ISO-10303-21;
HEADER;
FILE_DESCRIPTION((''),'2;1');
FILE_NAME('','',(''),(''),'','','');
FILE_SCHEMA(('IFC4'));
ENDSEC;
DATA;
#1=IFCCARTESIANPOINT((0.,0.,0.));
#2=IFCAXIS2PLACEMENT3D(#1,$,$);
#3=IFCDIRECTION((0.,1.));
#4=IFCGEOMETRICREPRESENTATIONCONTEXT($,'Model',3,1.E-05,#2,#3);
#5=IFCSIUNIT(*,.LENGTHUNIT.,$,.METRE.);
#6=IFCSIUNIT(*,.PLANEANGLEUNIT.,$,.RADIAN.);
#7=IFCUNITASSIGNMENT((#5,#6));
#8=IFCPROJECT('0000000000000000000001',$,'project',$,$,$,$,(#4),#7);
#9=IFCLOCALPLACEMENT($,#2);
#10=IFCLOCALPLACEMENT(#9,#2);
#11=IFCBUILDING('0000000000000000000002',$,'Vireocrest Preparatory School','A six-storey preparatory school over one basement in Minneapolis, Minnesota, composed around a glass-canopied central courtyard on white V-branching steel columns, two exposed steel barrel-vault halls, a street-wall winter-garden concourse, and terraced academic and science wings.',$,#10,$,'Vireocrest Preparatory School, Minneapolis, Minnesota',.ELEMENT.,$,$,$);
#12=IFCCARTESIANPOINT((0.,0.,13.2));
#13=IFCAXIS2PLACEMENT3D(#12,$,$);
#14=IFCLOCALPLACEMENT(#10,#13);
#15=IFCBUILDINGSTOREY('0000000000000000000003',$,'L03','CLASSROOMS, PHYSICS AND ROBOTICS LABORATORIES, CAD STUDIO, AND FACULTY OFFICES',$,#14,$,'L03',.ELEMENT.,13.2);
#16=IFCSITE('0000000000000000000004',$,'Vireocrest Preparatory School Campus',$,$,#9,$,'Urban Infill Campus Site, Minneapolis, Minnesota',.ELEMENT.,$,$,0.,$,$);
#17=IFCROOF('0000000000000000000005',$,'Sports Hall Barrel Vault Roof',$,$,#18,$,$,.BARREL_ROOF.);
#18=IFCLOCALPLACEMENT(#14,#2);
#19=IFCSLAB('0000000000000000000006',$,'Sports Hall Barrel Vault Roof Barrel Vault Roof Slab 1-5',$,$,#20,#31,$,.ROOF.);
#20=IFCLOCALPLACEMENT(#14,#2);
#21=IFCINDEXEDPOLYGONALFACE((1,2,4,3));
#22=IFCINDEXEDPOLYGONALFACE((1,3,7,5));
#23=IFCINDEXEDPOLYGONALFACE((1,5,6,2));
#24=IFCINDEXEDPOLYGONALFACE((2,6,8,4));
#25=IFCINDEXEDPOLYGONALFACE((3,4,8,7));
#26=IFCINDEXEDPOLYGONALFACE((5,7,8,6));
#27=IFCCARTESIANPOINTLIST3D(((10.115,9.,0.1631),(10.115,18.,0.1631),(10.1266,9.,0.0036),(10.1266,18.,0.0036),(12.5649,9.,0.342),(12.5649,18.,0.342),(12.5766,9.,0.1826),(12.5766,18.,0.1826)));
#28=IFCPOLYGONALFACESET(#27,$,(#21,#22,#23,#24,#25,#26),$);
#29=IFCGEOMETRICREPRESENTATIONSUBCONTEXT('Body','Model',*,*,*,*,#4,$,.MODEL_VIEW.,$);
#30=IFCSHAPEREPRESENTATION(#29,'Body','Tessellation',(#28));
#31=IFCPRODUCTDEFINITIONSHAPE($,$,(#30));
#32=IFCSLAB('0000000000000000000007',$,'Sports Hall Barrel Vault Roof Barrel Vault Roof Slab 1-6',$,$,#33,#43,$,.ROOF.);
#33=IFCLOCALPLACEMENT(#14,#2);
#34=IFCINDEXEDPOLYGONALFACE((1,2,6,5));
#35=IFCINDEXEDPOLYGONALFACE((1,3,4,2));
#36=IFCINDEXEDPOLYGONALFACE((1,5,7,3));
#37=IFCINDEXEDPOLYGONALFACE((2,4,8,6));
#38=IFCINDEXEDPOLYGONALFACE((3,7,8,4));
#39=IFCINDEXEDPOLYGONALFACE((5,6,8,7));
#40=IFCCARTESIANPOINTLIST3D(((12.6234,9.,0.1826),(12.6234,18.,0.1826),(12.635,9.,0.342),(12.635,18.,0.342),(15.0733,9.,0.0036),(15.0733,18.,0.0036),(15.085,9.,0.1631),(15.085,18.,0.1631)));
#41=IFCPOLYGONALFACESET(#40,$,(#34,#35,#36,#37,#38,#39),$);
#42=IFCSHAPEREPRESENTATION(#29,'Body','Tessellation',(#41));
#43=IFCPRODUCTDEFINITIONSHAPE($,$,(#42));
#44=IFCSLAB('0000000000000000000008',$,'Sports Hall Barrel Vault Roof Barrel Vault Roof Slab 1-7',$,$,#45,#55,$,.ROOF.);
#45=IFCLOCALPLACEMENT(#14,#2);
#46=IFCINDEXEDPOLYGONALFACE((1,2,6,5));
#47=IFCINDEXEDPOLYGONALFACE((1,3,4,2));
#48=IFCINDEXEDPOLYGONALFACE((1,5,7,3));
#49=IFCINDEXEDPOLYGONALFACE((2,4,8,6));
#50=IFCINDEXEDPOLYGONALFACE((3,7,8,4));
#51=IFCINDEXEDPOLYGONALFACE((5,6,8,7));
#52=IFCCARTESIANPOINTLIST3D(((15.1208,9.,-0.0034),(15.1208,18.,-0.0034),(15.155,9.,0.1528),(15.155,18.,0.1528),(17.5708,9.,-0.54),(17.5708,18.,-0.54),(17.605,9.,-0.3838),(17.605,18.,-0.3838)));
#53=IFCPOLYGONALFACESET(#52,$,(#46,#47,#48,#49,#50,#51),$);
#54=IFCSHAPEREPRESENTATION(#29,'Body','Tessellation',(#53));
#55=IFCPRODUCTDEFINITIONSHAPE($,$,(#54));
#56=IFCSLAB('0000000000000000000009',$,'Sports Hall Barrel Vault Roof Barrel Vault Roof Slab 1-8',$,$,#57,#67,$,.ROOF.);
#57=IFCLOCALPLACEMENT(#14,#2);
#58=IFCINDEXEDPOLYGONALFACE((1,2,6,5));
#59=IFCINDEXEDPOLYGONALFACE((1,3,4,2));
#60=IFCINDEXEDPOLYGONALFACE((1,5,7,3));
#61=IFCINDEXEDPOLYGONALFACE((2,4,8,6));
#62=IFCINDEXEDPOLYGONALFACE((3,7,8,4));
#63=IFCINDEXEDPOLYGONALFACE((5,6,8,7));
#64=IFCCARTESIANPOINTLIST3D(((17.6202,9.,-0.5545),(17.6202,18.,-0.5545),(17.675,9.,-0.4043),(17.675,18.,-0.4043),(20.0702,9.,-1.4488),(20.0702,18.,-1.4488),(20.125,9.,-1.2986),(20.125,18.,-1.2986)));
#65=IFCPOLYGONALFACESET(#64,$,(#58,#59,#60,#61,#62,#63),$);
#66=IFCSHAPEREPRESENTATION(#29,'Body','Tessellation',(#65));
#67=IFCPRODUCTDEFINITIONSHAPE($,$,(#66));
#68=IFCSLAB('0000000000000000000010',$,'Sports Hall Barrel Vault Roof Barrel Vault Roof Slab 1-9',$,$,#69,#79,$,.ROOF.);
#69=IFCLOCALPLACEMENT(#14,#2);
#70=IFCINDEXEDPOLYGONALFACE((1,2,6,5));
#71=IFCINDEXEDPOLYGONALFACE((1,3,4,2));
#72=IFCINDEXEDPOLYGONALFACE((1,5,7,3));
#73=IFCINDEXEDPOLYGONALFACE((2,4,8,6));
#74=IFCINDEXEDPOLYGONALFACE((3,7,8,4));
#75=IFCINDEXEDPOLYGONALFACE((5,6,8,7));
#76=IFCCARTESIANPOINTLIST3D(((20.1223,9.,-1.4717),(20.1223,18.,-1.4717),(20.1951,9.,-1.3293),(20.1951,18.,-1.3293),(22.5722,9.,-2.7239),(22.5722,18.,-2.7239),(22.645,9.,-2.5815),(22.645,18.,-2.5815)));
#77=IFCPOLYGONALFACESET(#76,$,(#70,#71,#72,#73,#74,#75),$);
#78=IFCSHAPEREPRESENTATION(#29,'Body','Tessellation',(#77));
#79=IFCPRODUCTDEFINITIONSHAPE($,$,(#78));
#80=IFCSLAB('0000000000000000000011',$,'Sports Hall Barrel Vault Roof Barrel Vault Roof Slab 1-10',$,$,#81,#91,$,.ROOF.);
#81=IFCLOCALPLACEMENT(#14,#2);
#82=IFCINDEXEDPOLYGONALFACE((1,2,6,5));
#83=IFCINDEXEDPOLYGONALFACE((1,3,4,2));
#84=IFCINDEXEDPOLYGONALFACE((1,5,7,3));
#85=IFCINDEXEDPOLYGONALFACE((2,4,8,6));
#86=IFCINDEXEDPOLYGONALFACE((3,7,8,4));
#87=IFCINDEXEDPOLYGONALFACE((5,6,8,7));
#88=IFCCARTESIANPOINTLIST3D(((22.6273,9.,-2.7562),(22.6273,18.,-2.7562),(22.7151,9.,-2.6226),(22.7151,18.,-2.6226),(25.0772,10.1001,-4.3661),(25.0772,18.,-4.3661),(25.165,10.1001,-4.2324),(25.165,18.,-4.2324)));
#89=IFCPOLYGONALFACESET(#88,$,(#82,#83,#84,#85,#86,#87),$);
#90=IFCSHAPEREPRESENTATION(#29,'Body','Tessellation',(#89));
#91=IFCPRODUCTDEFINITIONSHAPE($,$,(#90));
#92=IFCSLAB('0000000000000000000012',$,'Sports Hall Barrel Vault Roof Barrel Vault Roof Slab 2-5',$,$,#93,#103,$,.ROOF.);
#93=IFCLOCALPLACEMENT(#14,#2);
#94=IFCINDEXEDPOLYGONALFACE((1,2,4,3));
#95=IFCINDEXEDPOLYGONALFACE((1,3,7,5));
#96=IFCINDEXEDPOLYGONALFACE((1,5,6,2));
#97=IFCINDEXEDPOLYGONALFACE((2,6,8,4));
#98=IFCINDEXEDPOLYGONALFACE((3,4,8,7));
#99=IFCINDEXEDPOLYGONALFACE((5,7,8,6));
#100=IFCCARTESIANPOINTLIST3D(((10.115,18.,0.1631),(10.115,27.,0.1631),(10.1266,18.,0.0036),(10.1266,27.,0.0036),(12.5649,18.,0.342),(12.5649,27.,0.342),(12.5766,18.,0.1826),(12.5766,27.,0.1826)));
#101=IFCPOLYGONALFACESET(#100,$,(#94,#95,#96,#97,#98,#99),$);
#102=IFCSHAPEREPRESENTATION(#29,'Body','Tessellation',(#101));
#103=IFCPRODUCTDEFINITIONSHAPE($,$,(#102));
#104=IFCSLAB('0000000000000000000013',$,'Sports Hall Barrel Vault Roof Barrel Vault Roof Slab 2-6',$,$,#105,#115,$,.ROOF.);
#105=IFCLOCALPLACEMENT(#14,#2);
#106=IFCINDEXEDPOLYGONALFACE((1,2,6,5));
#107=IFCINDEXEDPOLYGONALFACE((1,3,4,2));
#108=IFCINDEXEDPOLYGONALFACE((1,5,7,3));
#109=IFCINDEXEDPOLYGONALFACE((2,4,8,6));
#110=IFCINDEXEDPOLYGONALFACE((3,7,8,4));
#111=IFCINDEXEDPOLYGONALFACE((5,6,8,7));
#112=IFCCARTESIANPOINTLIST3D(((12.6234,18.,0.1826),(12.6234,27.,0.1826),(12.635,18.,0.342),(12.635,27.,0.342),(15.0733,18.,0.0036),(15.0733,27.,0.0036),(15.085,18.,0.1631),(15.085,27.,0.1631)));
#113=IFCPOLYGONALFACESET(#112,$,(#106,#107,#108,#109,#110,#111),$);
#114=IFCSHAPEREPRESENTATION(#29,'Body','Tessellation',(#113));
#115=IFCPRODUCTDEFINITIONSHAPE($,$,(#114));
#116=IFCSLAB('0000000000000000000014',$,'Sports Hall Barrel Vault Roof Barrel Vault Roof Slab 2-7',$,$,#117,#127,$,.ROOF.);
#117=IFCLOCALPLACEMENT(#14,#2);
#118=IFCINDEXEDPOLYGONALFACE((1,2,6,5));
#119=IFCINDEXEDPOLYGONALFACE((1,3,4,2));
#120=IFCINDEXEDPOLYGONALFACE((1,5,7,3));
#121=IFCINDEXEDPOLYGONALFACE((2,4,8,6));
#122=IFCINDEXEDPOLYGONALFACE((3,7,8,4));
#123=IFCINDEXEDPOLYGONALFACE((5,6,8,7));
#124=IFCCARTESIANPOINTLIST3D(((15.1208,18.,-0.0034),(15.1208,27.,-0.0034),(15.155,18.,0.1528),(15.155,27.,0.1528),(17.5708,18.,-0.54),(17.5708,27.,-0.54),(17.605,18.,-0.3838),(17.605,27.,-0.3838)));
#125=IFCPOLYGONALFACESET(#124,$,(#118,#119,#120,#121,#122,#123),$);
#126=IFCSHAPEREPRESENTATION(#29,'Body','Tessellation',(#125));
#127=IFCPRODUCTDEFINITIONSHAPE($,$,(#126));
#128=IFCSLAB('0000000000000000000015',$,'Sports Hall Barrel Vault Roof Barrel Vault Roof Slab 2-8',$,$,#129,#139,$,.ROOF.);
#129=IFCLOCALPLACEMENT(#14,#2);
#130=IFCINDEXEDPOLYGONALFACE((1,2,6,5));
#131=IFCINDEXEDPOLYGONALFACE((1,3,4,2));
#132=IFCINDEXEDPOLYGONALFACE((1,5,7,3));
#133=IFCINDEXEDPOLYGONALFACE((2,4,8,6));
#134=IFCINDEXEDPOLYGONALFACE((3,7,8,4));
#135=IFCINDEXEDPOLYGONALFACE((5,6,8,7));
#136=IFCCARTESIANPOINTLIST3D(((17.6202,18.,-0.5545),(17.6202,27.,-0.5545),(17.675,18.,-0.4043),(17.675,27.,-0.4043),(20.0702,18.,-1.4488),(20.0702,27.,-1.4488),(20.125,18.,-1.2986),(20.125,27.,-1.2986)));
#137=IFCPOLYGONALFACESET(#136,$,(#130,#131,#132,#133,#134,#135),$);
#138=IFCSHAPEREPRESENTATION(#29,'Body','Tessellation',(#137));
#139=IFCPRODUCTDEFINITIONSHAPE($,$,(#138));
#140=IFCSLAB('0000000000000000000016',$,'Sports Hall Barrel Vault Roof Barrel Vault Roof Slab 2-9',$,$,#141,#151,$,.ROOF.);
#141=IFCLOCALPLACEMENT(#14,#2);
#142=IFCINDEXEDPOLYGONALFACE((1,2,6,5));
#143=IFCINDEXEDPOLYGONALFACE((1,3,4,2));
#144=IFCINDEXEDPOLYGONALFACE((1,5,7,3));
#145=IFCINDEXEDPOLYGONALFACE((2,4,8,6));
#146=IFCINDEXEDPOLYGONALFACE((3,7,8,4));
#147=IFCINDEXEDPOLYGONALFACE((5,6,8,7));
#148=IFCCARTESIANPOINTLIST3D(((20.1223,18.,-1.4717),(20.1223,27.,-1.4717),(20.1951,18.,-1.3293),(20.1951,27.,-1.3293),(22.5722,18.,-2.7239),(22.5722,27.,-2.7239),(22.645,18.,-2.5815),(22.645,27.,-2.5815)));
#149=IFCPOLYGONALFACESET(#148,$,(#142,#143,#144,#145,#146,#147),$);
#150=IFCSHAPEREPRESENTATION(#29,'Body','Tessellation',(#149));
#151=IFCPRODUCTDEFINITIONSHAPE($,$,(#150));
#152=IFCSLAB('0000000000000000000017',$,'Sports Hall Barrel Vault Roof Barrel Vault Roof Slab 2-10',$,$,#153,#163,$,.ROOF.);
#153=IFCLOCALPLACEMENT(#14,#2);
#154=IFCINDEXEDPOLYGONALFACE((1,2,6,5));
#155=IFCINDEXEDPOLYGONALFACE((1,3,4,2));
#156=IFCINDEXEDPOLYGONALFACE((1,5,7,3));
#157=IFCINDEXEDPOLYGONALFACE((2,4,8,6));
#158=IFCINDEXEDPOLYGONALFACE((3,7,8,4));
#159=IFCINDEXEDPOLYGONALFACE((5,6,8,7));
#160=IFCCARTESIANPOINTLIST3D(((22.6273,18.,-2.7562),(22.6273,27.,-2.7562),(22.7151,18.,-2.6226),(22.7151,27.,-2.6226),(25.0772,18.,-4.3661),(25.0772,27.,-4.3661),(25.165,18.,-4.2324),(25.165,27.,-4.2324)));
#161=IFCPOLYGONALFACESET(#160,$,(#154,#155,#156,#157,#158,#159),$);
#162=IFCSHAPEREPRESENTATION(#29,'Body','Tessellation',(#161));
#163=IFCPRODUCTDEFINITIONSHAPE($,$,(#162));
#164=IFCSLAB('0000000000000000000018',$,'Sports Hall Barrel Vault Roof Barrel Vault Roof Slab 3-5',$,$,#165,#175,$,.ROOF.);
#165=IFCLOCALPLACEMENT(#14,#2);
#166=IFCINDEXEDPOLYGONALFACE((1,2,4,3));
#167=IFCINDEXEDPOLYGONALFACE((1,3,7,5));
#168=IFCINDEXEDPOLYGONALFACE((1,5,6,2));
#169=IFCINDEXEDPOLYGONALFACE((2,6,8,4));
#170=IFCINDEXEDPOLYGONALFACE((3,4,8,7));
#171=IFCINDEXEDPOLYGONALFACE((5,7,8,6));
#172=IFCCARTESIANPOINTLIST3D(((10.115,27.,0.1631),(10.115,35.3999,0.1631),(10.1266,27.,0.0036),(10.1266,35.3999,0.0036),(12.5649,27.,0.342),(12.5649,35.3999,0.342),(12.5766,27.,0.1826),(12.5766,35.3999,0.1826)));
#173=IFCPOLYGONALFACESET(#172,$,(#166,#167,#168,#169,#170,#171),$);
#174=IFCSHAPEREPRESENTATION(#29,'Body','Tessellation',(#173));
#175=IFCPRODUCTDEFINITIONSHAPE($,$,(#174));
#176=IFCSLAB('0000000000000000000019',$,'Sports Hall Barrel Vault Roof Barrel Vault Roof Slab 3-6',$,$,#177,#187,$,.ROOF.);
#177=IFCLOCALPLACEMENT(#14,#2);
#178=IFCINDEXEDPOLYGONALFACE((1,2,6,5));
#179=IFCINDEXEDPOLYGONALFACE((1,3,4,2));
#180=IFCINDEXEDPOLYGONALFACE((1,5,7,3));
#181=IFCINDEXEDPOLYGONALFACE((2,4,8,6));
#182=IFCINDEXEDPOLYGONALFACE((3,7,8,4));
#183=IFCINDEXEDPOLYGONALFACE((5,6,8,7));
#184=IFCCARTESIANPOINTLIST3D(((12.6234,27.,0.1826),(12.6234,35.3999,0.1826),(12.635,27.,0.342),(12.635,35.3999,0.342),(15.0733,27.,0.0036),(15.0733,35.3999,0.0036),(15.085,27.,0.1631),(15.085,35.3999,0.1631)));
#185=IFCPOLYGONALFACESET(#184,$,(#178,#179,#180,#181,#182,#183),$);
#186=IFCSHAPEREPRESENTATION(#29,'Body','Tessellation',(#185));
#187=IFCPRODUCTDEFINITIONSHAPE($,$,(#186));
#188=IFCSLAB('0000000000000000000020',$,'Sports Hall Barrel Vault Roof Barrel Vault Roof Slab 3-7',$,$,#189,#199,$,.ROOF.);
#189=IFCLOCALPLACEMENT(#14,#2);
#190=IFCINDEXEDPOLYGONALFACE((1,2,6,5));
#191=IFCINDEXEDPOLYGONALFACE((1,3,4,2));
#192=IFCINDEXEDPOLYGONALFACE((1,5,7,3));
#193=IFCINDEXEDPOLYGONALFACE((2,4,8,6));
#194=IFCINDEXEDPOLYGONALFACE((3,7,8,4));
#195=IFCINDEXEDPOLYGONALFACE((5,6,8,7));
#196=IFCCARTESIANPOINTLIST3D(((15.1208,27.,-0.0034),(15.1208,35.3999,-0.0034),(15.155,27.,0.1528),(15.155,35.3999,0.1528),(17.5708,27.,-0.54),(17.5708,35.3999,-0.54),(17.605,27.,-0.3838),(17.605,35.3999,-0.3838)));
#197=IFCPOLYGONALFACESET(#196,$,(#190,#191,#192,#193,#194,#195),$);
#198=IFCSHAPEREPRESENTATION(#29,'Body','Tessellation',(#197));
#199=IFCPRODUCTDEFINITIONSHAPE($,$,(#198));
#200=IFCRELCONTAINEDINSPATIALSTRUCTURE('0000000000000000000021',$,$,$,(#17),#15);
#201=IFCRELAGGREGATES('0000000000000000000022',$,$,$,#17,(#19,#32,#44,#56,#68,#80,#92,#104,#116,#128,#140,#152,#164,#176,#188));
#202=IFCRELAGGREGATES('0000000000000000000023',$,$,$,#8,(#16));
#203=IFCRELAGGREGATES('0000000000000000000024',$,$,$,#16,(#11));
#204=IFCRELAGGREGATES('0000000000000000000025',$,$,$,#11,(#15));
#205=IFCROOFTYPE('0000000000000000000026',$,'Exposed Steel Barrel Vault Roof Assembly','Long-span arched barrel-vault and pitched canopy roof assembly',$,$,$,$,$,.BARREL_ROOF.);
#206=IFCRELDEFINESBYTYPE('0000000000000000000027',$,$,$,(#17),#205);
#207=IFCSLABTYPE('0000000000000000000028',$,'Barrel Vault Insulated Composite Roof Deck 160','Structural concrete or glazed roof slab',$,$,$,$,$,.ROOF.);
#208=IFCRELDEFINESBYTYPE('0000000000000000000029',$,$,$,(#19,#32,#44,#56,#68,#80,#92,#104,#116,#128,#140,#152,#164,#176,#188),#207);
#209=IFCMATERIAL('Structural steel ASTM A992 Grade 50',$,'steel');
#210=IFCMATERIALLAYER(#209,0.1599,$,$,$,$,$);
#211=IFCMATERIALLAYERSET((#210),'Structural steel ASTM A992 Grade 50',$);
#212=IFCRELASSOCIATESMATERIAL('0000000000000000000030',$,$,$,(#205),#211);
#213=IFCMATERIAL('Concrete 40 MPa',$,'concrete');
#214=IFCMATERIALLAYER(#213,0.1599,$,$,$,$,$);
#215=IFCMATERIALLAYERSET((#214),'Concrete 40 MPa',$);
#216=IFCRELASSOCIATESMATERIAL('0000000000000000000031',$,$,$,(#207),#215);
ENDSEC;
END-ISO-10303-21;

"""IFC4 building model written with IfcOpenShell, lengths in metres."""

from ifc_helpers import new_model, si_unit, direction, frame, origin, place, context, subcontext, project, spatial, polyline, outline, extrude, material, layer, layer_set, type_object, element, aggregate, save


model = new_model("IFC4")

# Units and contexts
model_context = context("Model", 3, precision=1e-05, world=origin(), true_north=direction((0.0, 1.0)))
body_context = subcontext(model_context, "Body", "Model", "MODEL_VIEW")
ifc_project = project(units=[si_unit("LENGTHUNIT", "METRE"), si_unit("PLANEANGLEUNIT", "RADIAN")], contexts=[model_context])

# Site, building, storey
site_placement = place(None, origin())
site = spatial("IfcSite", under=ifc_project, at=site_placement, Name="Vireocrest Preparatory School Campus", LongName="Urban Infill Campus Site, Minneapolis, Minnesota", CompositionType="ELEMENT", RefElevation=0.0)
building_placement = place(site_placement, origin())
building = spatial("IfcBuilding", under=site, at=building_placement, Name="Vireocrest Preparatory School", Description="A six-storey preparatory school over one basement in Minneapolis, Minnesota, composed around a glass-canopied central courtyard on white V-branching steel columns, two exposed steel barrel-vault halls, a street-wall winter-garden concourse, and terraced academic and science wings.", LongName="Vireocrest Preparatory School, Minneapolis, Minnesota", CompositionType="ELEMENT")
storey_placement = place(building_placement, frame((0.0, 0.0, 13.2)))
storey = spatial("IfcBuildingStorey", under=building, at=storey_placement, Name="L03", Description="CLASSROOMS, PHYSICS AND ROBOTICS LABORATORIES, CAD STUDIO, AND FACULTY OFFICES", LongName="L03", CompositionType="ELEMENT", Elevation=13.2)

# Roof, slabs
ifc_material_1 = material(Name="Structural steel ASTM A992 Grade 50", Category="steel")
ifc_layer_1 = layer(ifc_material_1, 0.1599)
ifc_layer_set_1 = layer_set([ifc_layer_1], Name="Structural steel ASTM A992 Grade 50")
roof_type = type_object("IfcRoofType", Name="Exposed Steel Barrel Vault Roof Assembly", Description="Long-span arched barrel-vault and pitched canopy roof assembly", PredefinedType="BARREL_ROOF", material=ifc_layer_set_1)
roof_placement = place(storey_placement, origin())
roof = element("IfcRoof", 1, at=roof_placement, inside=storey, type_object=roof_type, Name="Sports Hall Barrel Vault Roof", PredefinedType="BARREL_ROOF")
ifc_material_2 = material(Name="Concrete 40 MPa", Category="concrete")
ifc_layer_2 = layer(ifc_material_2, 0.1599)
ifc_layer_set_2 = layer_set([ifc_layer_2], Name="Concrete 40 MPa")
slab_type = type_object("IfcSlabType", Name="Barrel Vault Insulated Composite Roof Deck 160", Description="Structural concrete or glazed roof slab", PredefinedType="ROOF", material=ifc_layer_set_2)
slab_1_placement = place(storey_placement, frame((10.115, 9.0, 0.1631), z_axis=(-0.07285, 0.0, 0.997343), x_axis=(0.997343, 0.0, 0.07285)))
slab_1 = element("IfcSlab", 2, at=slab_1_placement, type_object=slab_type, Name="Sports Hall Barrel Vault Roof Barrel Vault Roof Slab 1-5", PredefinedType="ROOF", context=body_context, shape_type="SweptSolid", body=[
    extrude(outline(polyline([(0.0, 0.0), (2.4565, 0.0), (2.4565, 9.0), (0.0, 9.0), (0.0, 0.0)])), origin(), (0.0, 0.0, -1.0), 0.1599),
])
slab_2_placement = place(storey_placement, frame((12.635, 9.0, 0.342), z_axis=(0.07285, 0.0, 0.997343), x_axis=(0.997343, 0.0, -0.07285)))
slab_2 = element("IfcSlab", 3, at=slab_2_placement, type_object=slab_type, Name="Sports Hall Barrel Vault Roof Barrel Vault Roof Slab 1-6", PredefinedType="ROOF", context=body_context, shape_type="SweptSolid", body=[
    extrude(outline(polyline([(0.0, 0.0), (2.4565, 0.0), (2.4565, 9.0), (0.0, 9.0), (0.0, 0.0)])), origin(), (0.0, 0.0, -1.0), 0.1599),
])
slab_3_placement = place(storey_placement, frame((15.155, 9.0, 0.1528), z_axis=(0.213961, 0.0, 0.976842), x_axis=(0.976842, 0.0, -0.213961)))
slab_3 = element("IfcSlab", 4, at=slab_3_placement, type_object=slab_type, Name="Sports Hall Barrel Vault Roof Barrel Vault Roof Slab 1-7", PredefinedType="ROOF", context=body_context, shape_type="SweptSolid", body=[
    extrude(outline(polyline([(0.0, 0.0), (2.508, 0.0), (2.508, 9.0), (0.0, 9.0), (0.0, 0.0)])), origin(), (0.0, 0.0, -1.0), 0.1599),
])
slab_4_placement = place(storey_placement, frame((17.675, 9.0, -0.4043), z_axis=(0.342893, 0.0, 0.939375), x_axis=(0.939375, 0.0, -0.342893)))
slab_4 = element("IfcSlab", 5, at=slab_4_placement, type_object=slab_type, Name="Sports Hall Barrel Vault Roof Barrel Vault Roof Slab 1-8", PredefinedType="ROOF", context=body_context, shape_type="SweptSolid", body=[
    extrude(outline(polyline([(0.0, 0.0), (2.6081, 0.0), (2.6081, 9.0), (0.0, 9.0), (0.0, 0.0)])), origin(), (0.0, 0.0, -1.0), 0.1599),
])
slab_5_placement = place(storey_placement, frame((20.1951, 9.0, -1.3293), z_axis=(0.455111, 0.0, 0.890435), x_axis=(0.890435, 0.0, -0.455111)))
slab_5 = element("IfcSlab", 6, at=slab_5_placement, type_object=slab_type, Name="Sports Hall Barrel Vault Roof Barrel Vault Roof Slab 1-9", PredefinedType="ROOF", context=body_context, shape_type="SweptSolid", body=[
    extrude(outline(polyline([(0.0, 0.0), (2.7514, 0.0), (2.7514, 9.0), (0.0, 9.0), (0.0, 0.0)])), origin(), (0.0, 0.0, -1.0), 0.1599),
])
slab_6_placement = place(storey_placement, frame((22.7151, 9.0, -2.6226), z_axis=(0.549153, 0.0, 0.835722), x_axis=(0.782443, 0.351339, -0.514143)))
slab_6 = element("IfcSlab", 7, at=slab_6_placement, type_object=slab_type, Name="Sports Hall Barrel Vault Roof Barrel Vault Roof Slab 1-10", PredefinedType="ROOF", context=body_context, shape_type="SweptSolid", body=[
    extrude(outline(polyline([(0.0, 0.0), (3.1312, 0.0), (5.9067, 7.3963), (3.1621, 8.4262), (0.0, 0.0)])), origin(), (0.0, 0.0, -1.0), 0.1599),
])
slab_7_placement = place(storey_placement, frame((10.115, 18.0, 0.1631), z_axis=(-0.07285, 0.0, 0.997343), x_axis=(0.997343, 0.0, 0.07285)))
slab_7 = element("IfcSlab", 8, at=slab_7_placement, type_object=slab_type, Name="Sports Hall Barrel Vault Roof Barrel Vault Roof Slab 2-5", PredefinedType="ROOF", context=body_context, shape_type="SweptSolid", body=[
    extrude(outline(polyline([(0.0, 0.0), (2.4565, 0.0), (2.4565, 9.0), (0.0, 9.0), (0.0, 0.0)])), origin(), (0.0, 0.0, -1.0), 0.1599),
])
slab_8_placement = place(storey_placement, frame((12.635, 18.0, 0.342), z_axis=(0.07285, 0.0, 0.997343), x_axis=(0.997343, 0.0, -0.07285)))
slab_8 = element("IfcSlab", 9, at=slab_8_placement, type_object=slab_type, Name="Sports Hall Barrel Vault Roof Barrel Vault Roof Slab 2-6", PredefinedType="ROOF", context=body_context, shape_type="SweptSolid", body=[
    extrude(outline(polyline([(0.0, 0.0), (2.4565, 0.0), (2.4565, 9.0), (0.0, 9.0), (0.0, 0.0)])), origin(), (0.0, 0.0, -1.0), 0.1599),
])
slab_9_placement = place(storey_placement, frame((15.155, 18.0, 0.1528), z_axis=(0.213961, 0.0, 0.976842), x_axis=(0.976842, 0.0, -0.213961)))
slab_9 = element("IfcSlab", 10, at=slab_9_placement, type_object=slab_type, Name="Sports Hall Barrel Vault Roof Barrel Vault Roof Slab 2-7", PredefinedType="ROOF", context=body_context, shape_type="SweptSolid", body=[
    extrude(outline(polyline([(0.0, 0.0), (2.508, 0.0), (2.508, 9.0), (0.0, 9.0), (0.0, 0.0)])), origin(), (0.0, 0.0, -1.0), 0.1599),
])
slab_10_placement = place(storey_placement, frame((17.675, 18.0, -0.4043), z_axis=(0.342893, 0.0, 0.939375), x_axis=(0.939375, 0.0, -0.342893)))
slab_10 = element("IfcSlab", 11, at=slab_10_placement, type_object=slab_type, Name="Sports Hall Barrel Vault Roof Barrel Vault Roof Slab 2-8", PredefinedType="ROOF", context=body_context, shape_type="SweptSolid", body=[
    extrude(outline(polyline([(0.0, 0.0), (2.6081, 0.0), (2.6081, 9.0), (0.0, 9.0), (0.0, 0.0)])), origin(), (0.0, 0.0, -1.0), 0.1599),
])
slab_11_placement = place(storey_placement, frame((20.1951, 18.0, -1.3293), z_axis=(0.455111, 0.0, 0.890435), x_axis=(0.890435, 0.0, -0.455111)))
slab_11 = element("IfcSlab", 12, at=slab_11_placement, type_object=slab_type, Name="Sports Hall Barrel Vault Roof Barrel Vault Roof Slab 2-9", PredefinedType="ROOF", context=body_context, shape_type="SweptSolid", body=[
    extrude(outline(polyline([(0.0, 0.0), (2.7514, 0.0), (2.7514, 9.0), (0.0, 9.0), (0.0, 0.0)])), origin(), (0.0, 0.0, -1.0), 0.1599),
])
slab_12_placement = place(storey_placement, frame((22.7151, 18.0, -2.6226), z_axis=(0.549153, 0.0, 0.835722), x_axis=(0.835722, 0.0, -0.549153)))
slab_12 = element("IfcSlab", 13, at=slab_12_placement, type_object=slab_type, Name="Sports Hall Barrel Vault Roof Barrel Vault Roof Slab 2-10", PredefinedType="ROOF", context=body_context, shape_type="SweptSolid", body=[
    extrude(outline(polyline([(0.0, 0.0), (2.9315, 0.0), (2.9315, 9.0), (0.0, 9.0), (0.0, 0.0)])), origin(), (0.0, 0.0, -1.0), 0.1599),
])
slab_13_placement = place(storey_placement, frame((10.115, 27.0, 0.1631), z_axis=(-0.07285, 0.0, 0.997343), x_axis=(0.997343, 0.0, 0.07285)))
slab_13 = element("IfcSlab", 14, at=slab_13_placement, type_object=slab_type, Name="Sports Hall Barrel Vault Roof Barrel Vault Roof Slab 3-5", PredefinedType="ROOF", context=body_context, shape_type="SweptSolid", body=[
    extrude(outline(polyline([(0.0, 0.0), (2.4565, 0.0), (2.4565, 8.3999), (0.0, 8.3999), (0.0, 0.0)])), origin(), (0.0, 0.0, -1.0), 0.1599),
])
slab_14_placement = place(storey_placement, frame((12.635, 27.0, 0.342), z_axis=(0.07285, 0.0, 0.997343), x_axis=(0.997343, 0.0, -0.07285)))
slab_14 = element("IfcSlab", 15, at=slab_14_placement, type_object=slab_type, Name="Sports Hall Barrel Vault Roof Barrel Vault Roof Slab 3-6", PredefinedType="ROOF", context=body_context, shape_type="SweptSolid", body=[
    extrude(outline(polyline([(0.0, 0.0), (2.4565, 0.0), (2.4565, 8.3999), (0.0, 8.3999), (0.0, 0.0)])), origin(), (0.0, 0.0, -1.0), 0.1599),
])
slab_15_placement = place(storey_placement, frame((15.155, 27.0, 0.1528), z_axis=(0.213961, 0.0, 0.976842), x_axis=(0.976842, 0.0, -0.213961)))
slab_15 = element("IfcSlab", 16, at=slab_15_placement, type_object=slab_type, Name="Sports Hall Barrel Vault Roof Barrel Vault Roof Slab 3-7", PredefinedType="ROOF", context=body_context, shape_type="SweptSolid", body=[
    extrude(outline(polyline([(0.0, 0.0), (2.508, 0.0), (2.508, 8.3999), (0.0, 8.3999), (0.0, 0.0)])), origin(), (0.0, 0.0, -1.0), 0.1599),
])
aggregate(roof, [slab_1, slab_2, slab_3, slab_4, slab_5, slab_6, slab_7, slab_8, slab_9, slab_10, slab_11, slab_12, slab_13, slab_14, slab_15])

save(model, "model.ifc")
